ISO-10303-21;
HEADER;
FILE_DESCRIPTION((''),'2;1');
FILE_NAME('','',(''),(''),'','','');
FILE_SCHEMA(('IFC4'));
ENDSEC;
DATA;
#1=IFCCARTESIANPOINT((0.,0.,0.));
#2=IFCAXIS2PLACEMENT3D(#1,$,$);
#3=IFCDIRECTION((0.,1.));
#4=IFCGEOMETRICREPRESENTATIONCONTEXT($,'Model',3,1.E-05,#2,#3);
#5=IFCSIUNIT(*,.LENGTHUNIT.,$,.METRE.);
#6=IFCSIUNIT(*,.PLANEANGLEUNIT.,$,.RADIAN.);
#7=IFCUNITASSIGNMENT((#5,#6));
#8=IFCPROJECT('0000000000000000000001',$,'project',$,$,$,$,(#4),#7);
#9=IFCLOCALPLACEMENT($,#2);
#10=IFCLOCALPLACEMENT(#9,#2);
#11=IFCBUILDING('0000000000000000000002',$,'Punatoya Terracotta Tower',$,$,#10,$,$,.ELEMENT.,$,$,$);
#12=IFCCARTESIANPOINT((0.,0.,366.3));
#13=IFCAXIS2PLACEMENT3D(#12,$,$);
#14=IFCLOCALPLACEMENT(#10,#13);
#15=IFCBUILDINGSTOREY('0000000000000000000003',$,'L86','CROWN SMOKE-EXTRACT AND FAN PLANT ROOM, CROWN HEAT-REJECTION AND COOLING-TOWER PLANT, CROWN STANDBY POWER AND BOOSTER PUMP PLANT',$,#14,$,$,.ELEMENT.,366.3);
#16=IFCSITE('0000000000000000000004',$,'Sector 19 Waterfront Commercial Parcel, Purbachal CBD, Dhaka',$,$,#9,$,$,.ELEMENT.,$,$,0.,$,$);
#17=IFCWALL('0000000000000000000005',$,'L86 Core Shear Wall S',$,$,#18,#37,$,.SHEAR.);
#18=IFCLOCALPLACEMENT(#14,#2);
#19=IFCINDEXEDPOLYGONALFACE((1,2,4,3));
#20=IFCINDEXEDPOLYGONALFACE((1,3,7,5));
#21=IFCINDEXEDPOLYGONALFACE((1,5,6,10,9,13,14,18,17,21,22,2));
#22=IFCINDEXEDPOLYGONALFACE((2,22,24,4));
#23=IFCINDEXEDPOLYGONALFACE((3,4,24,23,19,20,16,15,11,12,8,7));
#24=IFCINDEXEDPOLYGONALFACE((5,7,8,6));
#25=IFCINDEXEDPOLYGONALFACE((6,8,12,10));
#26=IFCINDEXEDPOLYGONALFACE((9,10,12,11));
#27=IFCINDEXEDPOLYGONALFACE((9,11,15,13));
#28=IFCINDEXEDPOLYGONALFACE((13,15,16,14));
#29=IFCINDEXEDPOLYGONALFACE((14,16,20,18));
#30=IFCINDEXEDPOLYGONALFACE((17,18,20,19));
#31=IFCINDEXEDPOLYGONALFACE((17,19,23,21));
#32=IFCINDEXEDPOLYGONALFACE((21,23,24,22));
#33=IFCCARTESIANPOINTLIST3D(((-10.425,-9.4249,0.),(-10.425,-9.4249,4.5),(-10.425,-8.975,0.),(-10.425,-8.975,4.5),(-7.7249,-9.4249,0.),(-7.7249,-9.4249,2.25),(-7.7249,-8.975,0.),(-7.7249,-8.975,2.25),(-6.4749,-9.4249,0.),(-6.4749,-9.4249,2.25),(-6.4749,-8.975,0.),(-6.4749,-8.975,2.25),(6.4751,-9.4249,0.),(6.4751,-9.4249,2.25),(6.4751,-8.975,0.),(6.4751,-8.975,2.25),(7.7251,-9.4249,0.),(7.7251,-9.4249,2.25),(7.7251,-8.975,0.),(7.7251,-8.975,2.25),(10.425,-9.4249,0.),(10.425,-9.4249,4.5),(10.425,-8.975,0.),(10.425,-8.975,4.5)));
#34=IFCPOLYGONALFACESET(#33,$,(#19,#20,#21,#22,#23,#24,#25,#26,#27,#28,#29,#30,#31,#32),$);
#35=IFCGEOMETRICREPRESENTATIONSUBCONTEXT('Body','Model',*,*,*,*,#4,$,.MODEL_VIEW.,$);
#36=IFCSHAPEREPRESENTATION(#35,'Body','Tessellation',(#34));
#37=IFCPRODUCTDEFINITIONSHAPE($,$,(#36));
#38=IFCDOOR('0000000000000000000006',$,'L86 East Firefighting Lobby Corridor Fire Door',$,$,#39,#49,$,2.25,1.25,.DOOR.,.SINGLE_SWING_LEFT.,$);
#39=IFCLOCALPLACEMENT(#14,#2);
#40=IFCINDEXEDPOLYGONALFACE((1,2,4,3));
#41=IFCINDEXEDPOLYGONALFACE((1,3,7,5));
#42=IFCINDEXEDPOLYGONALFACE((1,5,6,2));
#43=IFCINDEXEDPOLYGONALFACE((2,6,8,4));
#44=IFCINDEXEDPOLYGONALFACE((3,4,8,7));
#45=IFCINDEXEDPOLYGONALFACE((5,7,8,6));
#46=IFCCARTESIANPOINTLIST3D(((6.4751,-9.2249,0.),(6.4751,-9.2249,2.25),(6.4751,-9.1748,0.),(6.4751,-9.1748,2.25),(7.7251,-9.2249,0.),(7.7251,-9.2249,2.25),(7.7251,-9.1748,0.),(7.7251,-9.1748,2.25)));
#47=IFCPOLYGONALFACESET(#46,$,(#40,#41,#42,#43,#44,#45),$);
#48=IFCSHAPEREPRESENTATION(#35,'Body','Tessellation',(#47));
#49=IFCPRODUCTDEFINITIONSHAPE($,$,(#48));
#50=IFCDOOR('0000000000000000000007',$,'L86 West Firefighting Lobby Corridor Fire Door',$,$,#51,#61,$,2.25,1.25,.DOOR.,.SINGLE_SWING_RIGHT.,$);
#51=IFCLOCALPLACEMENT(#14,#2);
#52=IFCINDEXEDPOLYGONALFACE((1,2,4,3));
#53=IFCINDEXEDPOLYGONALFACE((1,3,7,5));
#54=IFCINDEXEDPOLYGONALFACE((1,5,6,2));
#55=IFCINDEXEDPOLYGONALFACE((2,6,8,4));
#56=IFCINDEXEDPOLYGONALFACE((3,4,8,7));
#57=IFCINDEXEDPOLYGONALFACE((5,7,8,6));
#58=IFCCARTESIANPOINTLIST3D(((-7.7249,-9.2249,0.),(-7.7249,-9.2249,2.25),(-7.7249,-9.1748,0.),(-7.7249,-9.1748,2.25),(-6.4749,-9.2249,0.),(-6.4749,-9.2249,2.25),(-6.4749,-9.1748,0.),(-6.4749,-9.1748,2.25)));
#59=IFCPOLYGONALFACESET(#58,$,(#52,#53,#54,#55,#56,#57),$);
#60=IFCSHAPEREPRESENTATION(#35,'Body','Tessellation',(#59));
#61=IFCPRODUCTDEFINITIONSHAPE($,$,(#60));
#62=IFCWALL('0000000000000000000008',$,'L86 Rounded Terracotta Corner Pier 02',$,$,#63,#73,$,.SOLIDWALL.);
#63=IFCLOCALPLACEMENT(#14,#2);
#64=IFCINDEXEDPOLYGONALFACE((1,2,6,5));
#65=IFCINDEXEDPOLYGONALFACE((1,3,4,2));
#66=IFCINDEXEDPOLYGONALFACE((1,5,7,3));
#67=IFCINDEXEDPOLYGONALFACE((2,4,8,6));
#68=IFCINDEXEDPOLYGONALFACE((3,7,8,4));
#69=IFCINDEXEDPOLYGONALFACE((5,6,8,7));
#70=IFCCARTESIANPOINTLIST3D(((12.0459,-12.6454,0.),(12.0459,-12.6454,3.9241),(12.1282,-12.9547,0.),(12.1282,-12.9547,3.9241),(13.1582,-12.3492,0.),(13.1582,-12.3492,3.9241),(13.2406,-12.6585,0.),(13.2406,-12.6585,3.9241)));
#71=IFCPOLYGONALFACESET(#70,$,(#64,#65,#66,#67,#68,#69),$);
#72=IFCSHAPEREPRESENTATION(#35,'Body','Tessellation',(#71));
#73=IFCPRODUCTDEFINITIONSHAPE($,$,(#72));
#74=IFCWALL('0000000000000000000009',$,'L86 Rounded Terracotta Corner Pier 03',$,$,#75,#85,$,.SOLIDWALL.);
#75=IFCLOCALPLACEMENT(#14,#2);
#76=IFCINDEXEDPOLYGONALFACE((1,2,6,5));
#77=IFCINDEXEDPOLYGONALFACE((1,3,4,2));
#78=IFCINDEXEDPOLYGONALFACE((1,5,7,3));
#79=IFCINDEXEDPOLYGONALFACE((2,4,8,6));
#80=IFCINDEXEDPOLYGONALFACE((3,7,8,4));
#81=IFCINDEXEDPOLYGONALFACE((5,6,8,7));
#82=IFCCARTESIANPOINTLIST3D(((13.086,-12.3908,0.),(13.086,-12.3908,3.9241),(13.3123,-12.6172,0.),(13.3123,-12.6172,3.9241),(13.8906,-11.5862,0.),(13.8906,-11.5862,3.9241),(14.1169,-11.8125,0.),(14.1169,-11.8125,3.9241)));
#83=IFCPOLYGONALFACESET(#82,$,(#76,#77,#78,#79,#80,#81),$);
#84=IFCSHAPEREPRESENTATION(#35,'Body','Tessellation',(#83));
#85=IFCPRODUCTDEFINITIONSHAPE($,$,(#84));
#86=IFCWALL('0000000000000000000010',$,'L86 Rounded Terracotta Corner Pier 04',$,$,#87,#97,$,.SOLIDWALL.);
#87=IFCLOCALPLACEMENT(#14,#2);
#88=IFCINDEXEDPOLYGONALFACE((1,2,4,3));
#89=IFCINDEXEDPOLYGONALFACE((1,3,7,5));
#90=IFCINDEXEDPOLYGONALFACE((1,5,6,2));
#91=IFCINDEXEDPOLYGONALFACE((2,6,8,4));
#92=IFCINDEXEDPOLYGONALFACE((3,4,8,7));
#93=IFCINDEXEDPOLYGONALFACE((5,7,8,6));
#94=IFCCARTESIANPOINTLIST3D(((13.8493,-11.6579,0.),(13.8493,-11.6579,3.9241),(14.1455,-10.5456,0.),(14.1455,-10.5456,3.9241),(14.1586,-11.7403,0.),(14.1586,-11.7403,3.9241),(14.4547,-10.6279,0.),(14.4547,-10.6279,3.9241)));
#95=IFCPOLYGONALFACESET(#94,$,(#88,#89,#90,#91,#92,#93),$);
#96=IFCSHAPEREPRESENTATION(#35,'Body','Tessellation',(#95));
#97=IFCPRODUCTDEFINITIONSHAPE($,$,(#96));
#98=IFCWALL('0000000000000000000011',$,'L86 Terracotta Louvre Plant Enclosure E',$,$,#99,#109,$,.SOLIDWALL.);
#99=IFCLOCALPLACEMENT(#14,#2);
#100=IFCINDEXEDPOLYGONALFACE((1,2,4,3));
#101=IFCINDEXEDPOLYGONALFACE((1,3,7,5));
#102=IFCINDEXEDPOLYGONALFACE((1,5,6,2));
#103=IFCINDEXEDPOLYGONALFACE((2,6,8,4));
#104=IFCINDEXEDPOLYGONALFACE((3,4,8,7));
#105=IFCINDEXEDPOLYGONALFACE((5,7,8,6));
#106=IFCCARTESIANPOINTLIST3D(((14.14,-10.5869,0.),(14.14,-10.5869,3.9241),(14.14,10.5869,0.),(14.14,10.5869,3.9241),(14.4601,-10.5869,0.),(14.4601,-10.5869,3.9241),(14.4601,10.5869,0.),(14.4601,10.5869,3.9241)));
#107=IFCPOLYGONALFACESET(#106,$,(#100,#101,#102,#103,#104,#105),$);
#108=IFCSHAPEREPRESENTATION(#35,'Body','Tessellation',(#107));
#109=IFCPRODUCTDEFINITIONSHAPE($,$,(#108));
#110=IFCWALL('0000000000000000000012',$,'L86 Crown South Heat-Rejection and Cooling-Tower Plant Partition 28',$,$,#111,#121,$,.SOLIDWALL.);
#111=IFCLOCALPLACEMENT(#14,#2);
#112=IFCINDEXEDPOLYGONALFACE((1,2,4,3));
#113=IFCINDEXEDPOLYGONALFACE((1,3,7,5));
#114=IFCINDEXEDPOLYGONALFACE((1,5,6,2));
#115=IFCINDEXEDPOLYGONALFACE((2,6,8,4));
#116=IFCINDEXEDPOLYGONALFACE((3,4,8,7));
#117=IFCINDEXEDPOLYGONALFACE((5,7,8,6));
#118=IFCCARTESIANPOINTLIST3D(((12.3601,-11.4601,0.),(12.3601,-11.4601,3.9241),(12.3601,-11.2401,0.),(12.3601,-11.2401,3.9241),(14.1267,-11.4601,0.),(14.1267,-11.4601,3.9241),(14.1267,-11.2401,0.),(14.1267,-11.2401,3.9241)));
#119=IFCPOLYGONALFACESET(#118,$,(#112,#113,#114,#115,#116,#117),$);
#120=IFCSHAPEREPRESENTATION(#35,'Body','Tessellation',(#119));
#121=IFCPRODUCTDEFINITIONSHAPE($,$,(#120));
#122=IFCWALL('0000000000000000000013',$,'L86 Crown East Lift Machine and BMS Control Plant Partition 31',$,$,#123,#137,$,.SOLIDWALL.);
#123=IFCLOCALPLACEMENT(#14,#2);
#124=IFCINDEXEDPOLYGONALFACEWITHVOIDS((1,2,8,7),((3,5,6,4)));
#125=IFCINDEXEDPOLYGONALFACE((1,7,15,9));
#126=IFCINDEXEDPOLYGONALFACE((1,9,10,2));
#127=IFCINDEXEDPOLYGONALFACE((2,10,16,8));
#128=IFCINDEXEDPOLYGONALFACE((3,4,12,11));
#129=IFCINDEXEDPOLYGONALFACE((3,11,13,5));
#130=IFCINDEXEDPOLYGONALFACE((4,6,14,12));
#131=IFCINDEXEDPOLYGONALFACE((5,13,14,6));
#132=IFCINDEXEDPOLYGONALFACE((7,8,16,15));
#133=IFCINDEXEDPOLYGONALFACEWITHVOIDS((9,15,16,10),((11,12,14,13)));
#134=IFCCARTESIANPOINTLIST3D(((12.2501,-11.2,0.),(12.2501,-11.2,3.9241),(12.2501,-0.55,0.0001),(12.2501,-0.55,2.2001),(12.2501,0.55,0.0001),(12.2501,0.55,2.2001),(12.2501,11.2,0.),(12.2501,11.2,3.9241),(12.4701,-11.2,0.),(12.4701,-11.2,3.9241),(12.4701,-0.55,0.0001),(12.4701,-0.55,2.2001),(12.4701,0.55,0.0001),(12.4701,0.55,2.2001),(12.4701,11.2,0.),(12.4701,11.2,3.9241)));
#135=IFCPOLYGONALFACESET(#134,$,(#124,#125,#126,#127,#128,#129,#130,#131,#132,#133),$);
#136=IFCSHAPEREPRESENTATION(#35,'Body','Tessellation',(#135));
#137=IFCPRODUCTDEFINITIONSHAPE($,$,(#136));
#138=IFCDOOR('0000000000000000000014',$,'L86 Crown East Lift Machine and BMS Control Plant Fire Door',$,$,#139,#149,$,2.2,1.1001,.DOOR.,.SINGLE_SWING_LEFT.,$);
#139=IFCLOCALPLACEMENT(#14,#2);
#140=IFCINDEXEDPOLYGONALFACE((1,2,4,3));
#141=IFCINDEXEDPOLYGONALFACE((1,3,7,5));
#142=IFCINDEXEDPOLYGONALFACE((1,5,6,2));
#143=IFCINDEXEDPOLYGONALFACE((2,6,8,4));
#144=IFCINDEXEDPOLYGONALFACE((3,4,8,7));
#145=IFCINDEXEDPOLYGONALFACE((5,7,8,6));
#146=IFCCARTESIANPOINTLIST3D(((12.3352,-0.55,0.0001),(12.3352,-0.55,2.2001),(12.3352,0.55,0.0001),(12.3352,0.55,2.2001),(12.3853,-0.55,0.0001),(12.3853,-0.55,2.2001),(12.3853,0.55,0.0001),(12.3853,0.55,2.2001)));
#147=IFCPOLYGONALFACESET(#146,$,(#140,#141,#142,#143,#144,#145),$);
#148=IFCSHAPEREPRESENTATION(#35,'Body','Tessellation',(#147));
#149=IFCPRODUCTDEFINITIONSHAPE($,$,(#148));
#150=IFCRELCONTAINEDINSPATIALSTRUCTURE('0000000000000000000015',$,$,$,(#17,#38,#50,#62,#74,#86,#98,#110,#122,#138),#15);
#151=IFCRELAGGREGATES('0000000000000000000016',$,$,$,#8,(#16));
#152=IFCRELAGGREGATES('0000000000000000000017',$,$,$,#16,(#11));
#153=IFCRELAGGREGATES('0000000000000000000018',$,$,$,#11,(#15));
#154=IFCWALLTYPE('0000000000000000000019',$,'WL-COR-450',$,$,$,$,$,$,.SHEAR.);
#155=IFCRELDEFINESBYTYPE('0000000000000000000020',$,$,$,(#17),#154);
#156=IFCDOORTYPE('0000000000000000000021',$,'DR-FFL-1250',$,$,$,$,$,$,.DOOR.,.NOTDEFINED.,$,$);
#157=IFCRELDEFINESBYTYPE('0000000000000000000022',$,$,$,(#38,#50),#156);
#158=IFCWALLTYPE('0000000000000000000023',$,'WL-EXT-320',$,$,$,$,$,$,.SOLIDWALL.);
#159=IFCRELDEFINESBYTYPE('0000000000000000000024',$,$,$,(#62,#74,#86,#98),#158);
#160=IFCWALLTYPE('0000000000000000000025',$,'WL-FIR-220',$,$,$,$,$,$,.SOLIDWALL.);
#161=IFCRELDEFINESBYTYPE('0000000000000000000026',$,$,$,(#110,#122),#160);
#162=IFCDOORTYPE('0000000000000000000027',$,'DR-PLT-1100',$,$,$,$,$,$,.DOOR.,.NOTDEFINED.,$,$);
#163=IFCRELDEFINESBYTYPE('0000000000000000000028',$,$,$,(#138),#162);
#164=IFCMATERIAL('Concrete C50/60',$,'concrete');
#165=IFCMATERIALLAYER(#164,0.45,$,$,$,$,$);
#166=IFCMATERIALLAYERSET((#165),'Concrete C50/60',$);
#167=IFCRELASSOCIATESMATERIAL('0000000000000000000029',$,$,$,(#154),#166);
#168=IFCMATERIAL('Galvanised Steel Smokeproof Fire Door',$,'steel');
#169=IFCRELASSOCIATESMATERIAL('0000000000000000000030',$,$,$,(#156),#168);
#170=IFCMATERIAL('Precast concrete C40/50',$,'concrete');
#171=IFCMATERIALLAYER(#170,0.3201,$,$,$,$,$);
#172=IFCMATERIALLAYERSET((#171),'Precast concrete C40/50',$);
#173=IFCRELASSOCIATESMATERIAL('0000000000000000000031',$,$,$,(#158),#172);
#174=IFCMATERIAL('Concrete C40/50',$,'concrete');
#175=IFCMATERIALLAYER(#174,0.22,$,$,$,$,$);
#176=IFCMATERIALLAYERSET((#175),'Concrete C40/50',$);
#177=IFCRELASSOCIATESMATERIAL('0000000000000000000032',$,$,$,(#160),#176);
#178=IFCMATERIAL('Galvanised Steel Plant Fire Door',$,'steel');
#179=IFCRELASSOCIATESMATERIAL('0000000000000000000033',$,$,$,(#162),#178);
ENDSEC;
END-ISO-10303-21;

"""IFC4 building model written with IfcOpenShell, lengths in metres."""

from ifc_helpers import new_model, si_unit, direction, frame, frame_2d, origin, place, context, subcontext, project, spatial, rectangle, extrude, material, layer, layer_set, type_object, element, fill, save


model = new_model("IFC4")

# Units and contexts
model_context = context("Model", 3, precision=1e-05, world=origin(), true_north=direction((0.0, 1.0)))
body_context = subcontext(model_context, "Body", "Model", "MODEL_VIEW")
ifc_project = project(units=[si_unit("LENGTHUNIT", "METRE"), si_unit("PLANEANGLEUNIT", "RADIAN")], contexts=[model_context])

# Site, building, storey
site_placement = place(None, origin())
site = spatial("IfcSite", under=ifc_project, at=site_placement, Name="Sector 19 Waterfront Commercial Parcel, Purbachal CBD, Dhaka", CompositionType="ELEMENT", RefElevation=0.0)
building_placement = place(site_placement, origin())
building = spatial("IfcBuilding", under=site, at=building_placement, Name="Punatoya Terracotta Tower", CompositionType="ELEMENT")
storey_placement = place(building_placement, frame((0.0, 0.0, 366.3)))
storey = spatial("IfcBuildingStorey", under=building, at=storey_placement, Name="L86", Description="CROWN SMOKE-EXTRACT AND FAN PLANT ROOM, CROWN HEAT-REJECTION AND COOLING-TOWER PLANT, CROWN STANDBY POWER AND BOOSTER PUMP PLANT", CompositionType="ELEMENT", Elevation=366.3)

# Wall, openings, doors
ifc_material_1 = material(Name="Concrete C50/60", Category="concrete")
ifc_layer_1 = layer(ifc_material_1, 0.45)
ifc_layer_set_1 = layer_set([ifc_layer_1], Name="Concrete C50/60")
wall_type_1 = type_object("IfcWallType", Name="WL-COR-450", PredefinedType="SHEAR", material=ifc_layer_set_1)
wall_1_placement = place(storey_placement, frame((10.425, -9.2, 0.0), z_axis=(0.0, 0.0, 1.0), x_axis=(-1.0, 0.0, 0.0)))
wall_1 = element("IfcWall", 1, at=wall_1_placement, inside=storey, type_object=wall_type_1, Name="L86 Core Shear Wall S", PredefinedType="SHEAR", context=body_context, shape_type="SweptSolid", body=[
    extrude(rectangle(XDim=20.8501, YDim=0.45, at=frame_2d((10.425, 0.0))), origin(), (0.0, 0.0, 1.0), 4.5),
])
opening_1_placement = place(wall_1_placement, frame((2.7, 0.0, 0.0)))
opening_1 = element("IfcOpeningElement", 2, at=opening_1_placement, cuts=wall_1, PredefinedType="OPENING", context=body_context, shape_type="SweptSolid", body=[
    extrude(rectangle(XDim=1.25, YDim=2.25, at=frame_2d((0.625, 1.125))), frame((0.0, 0.2349, 0.0), z_axis=(0.0, -1.0, 0.0), x_axis=(1.0, 0.0, 0.0)), (0.0, 0.0, 1.0), 0.47),
])
opening_2_placement = place(wall_1_placement, frame((16.8999, 0.0, 0.0)))
opening_2 = element("IfcOpeningElement", 3, at=opening_2_placement, cuts=wall_1, PredefinedType="OPENING", context=body_context, shape_type="SweptSolid", body=[
    extrude(rectangle(XDim=1.25, YDim=2.25, at=frame_2d((0.625, 1.125))), frame((0.0, 0.2349, 0.0), z_axis=(0.0, -1.0, 0.0), x_axis=(1.0, 0.0, 0.0)), (0.0, 0.0, 1.0), 0.47),
])
ifc_material_2 = material(Name="Galvanised Steel Smokeproof Fire Door", Category="steel")
door_type_1 = type_object("IfcDoorType", Name="DR-FFL-1250", OperationType="NOTDEFINED", PredefinedType="DOOR", material=ifc_material_2)
door_1_placement = place(opening_1_placement, origin())
door_1 = element("IfcDoor", 4, at=door_1_placement, inside=storey, type_object=door_type_1, Name="L86 East Firefighting Lobby Corridor Fire Door", OperationType="SINGLE_SWING_LEFT", OverallHeight=2.25, OverallWidth=1.25, PredefinedType="DOOR", context=body_context, shape_type="SweptSolid", body=[
    extrude(rectangle(XDim=1.25, YDim=2.25, at=frame_2d((0.625, 1.125))), frame((0.0, 0.0249, 0.0), z_axis=(0.0, -1.0, 0.0), x_axis=(1.0, 0.0, 0.0)), (0.0, 0.0, 1.0), 0.05),
])
fill(opening_1, door_1)
door_2_placement = place(opening_2_placement, origin())
door_2 = element("IfcDoor", 5, at=door_2_placement, inside=storey, type_object=door_type_1, Name="L86 West Firefighting Lobby Corridor Fire Door", OperationType="SINGLE_SWING_RIGHT", OverallHeight=2.25, OverallWidth=1.25, PredefinedType="DOOR", context=body_context, shape_type="SweptSolid", body=[
    extrude(rectangle(XDim=1.25, YDim=2.25, at=frame_2d((0.625, 1.125))), frame((0.0, 0.0249, 0.0), z_axis=(0.0, -1.0, 0.0), x_axis=(1.0, 0.0, 0.0)), (0.0, 0.0, 1.0), 0.05),
])
fill(opening_2, door_2)

# Walls
ifc_material_3 = material(Name="Precast concrete C40/50", Category="concrete")
ifc_layer_2 = layer(ifc_material_3, 0.3201)
ifc_layer_set_2 = layer_set([ifc_layer_2], Name="Precast concrete C40/50")
wall_type_2 = type_object("IfcWallType", Name="WL-EXT-320", PredefinedType="SOLIDWALL", material=ifc_layer_set_2)
wall_2_placement = place(storey_placement, frame((12.0869, -12.8, 0.0), z_axis=(0.0, 0.0, 1.0), x_axis=(0.966337, 0.25728, 0.0)))
element("IfcWall", 6, at=wall_2_placement, inside=storey, type_object=wall_type_2, Name="L86 Rounded Terracotta Corner Pier 02", PredefinedType="SOLIDWALL", context=body_context, shape_type="SweptSolid", body=[
    extrude(rectangle(XDim=1.1511, YDim=0.3201, at=frame_2d((0.5757, 0.0))), origin(), (0.0, 0.0, 1.0), 3.9241),
])
wall_3_placement = place(storey_placement, frame((13.1992, -12.5039, 0.0), z_axis=(0.0, 0.0, 1.0), x_axis=(0.707107, 0.707107, 0.0)))
element("IfcWall", 7, at=wall_3_placement, inside=storey, type_object=wall_type_2, Name="L86 Rounded Terracotta Corner Pier 03", PredefinedType="SOLIDWALL", context=body_context, shape_type="SweptSolid", body=[
    extrude(rectangle(XDim=1.1379, YDim=0.3201, at=frame_2d((0.5688, 0.0))), origin(), (0.0, 0.0, 1.0), 3.9241),
])
wall_4_placement = place(storey_placement, frame((14.0039, -11.6992, 0.0), z_axis=(0.0, 0.0, 1.0), x_axis=(0.25728, 0.966337, 0.0)))
element("IfcWall", 8, at=wall_4_placement, inside=storey, type_object=wall_type_2, Name="L86 Rounded Terracotta Corner Pier 04", PredefinedType="SOLIDWALL", context=body_context, shape_type="SweptSolid", body=[
    extrude(rectangle(XDim=1.1511, YDim=0.3201, at=frame_2d((0.5757, 0.0))), origin(), (0.0, 0.0, 1.0), 3.9241),
])
wall_5_placement = place(storey_placement, frame((14.3, -10.5869, 0.0), z_axis=(0.0, 0.0, 1.0), x_axis=(0.0, 1.0, 0.0)))
element("IfcWall", 9, at=wall_5_placement, inside=storey, type_object=wall_type_2, Name="L86 Terracotta Louvre Plant Enclosure E", PredefinedType="SOLIDWALL", context=body_context, shape_type="SweptSolid", body=[
    extrude(rectangle(XDim=21.1738, YDim=0.3201, at=frame_2d((10.5869, 0.0))), origin(), (0.0, 0.0, 1.0), 3.9241),
])
ifc_material_4 = material(Name="Concrete C40/50", Category="concrete")
ifc_layer_3 = layer(ifc_material_4, 0.22)
ifc_layer_set_3 = layer_set([ifc_layer_3], Name="Concrete C40/50")
wall_type_3 = type_object("IfcWallType", Name="WL-FIR-220", PredefinedType="SOLIDWALL", material=ifc_layer_set_3)
wall_6_placement = place(storey_placement, frame((12.3601, -11.3501, 0.0), z_axis=(0.0, 0.0, 1.0), x_axis=(1.0, 0.0, 0.0)))
element("IfcWall", 10, at=wall_6_placement, inside=storey, type_object=wall_type_3, Name="L86 Crown South Heat-Rejection and Cooling-Tower Plant Partition 28", PredefinedType="SOLIDWALL", context=body_context, shape_type="SweptSolid", body=[
    extrude(rectangle(XDim=1.7666, YDim=0.22, at=frame_2d((0.8833, 0.0))), origin(), (0.0, 0.0, 1.0), 3.9241),
])

# Wall, opening, door
wall_7_placement = place(storey_placement, frame((12.3601, -11.2, 0.0), z_axis=(0.0, 0.0, 1.0), x_axis=(0.0, 1.0, 0.0)))
wall_7 = element("IfcWall", 11, at=wall_7_placement, inside=storey, type_object=wall_type_3, Name="L86 Crown East Lift Machine and BMS Control Plant Partition 31", PredefinedType="SOLIDWALL", context=body_context, shape_type="SweptSolid", body=[
    extrude(rectangle(XDim=22.3999, YDim=0.22, at=frame_2d((11.2, 0.0))), origin(), (0.0, 0.0, 1.0), 3.9241),
])
opening_3_placement = place(wall_7_placement, frame((10.6499, 0.0, 0.0)))
opening_3 = element("IfcOpeningElement", 12, at=opening_3_placement, cuts=wall_7, PredefinedType="OPENING", context=body_context, shape_type="SweptSolid", body=[
    extrude(rectangle(XDim=1.1001, YDim=2.2, at=frame_2d((0.55, 1.1001))), frame((0.0, 0.1199, 0.0), z_axis=(0.0, -1.0, 0.0), x_axis=(1.0, 0.0, 0.0)), (0.0, 0.0, 1.0), 0.24),
])
ifc_material_5 = material(Name="Galvanised Steel Plant Fire Door", Category="steel")
door_type_2 = type_object("IfcDoorType", Name="DR-PLT-1100", OperationType="NOTDEFINED", PredefinedType="DOOR", material=ifc_material_5)
door_3_placement = place(opening_3_placement, origin())
door_3 = element("IfcDoor", 13, at=door_3_placement, inside=storey, type_object=door_type_2, Name="L86 Crown East Lift Machine and BMS Control Plant Fire Door", OperationType="SINGLE_SWING_LEFT", OverallHeight=2.2, OverallWidth=1.1001, PredefinedType="DOOR", context=body_context, shape_type="SweptSolid", body=[
    extrude(rectangle(XDim=1.1001, YDim=2.2, at=frame_2d((0.55, 1.1001))), frame((0.0, 0.0249, 0.0), z_axis=(0.0, -1.0, 0.0), x_axis=(1.0, 0.0, 0.0)), (0.0, 0.0, 1.0), 0.05),
])
fill(opening_3, door_3)

save(model, "model.ifc")
